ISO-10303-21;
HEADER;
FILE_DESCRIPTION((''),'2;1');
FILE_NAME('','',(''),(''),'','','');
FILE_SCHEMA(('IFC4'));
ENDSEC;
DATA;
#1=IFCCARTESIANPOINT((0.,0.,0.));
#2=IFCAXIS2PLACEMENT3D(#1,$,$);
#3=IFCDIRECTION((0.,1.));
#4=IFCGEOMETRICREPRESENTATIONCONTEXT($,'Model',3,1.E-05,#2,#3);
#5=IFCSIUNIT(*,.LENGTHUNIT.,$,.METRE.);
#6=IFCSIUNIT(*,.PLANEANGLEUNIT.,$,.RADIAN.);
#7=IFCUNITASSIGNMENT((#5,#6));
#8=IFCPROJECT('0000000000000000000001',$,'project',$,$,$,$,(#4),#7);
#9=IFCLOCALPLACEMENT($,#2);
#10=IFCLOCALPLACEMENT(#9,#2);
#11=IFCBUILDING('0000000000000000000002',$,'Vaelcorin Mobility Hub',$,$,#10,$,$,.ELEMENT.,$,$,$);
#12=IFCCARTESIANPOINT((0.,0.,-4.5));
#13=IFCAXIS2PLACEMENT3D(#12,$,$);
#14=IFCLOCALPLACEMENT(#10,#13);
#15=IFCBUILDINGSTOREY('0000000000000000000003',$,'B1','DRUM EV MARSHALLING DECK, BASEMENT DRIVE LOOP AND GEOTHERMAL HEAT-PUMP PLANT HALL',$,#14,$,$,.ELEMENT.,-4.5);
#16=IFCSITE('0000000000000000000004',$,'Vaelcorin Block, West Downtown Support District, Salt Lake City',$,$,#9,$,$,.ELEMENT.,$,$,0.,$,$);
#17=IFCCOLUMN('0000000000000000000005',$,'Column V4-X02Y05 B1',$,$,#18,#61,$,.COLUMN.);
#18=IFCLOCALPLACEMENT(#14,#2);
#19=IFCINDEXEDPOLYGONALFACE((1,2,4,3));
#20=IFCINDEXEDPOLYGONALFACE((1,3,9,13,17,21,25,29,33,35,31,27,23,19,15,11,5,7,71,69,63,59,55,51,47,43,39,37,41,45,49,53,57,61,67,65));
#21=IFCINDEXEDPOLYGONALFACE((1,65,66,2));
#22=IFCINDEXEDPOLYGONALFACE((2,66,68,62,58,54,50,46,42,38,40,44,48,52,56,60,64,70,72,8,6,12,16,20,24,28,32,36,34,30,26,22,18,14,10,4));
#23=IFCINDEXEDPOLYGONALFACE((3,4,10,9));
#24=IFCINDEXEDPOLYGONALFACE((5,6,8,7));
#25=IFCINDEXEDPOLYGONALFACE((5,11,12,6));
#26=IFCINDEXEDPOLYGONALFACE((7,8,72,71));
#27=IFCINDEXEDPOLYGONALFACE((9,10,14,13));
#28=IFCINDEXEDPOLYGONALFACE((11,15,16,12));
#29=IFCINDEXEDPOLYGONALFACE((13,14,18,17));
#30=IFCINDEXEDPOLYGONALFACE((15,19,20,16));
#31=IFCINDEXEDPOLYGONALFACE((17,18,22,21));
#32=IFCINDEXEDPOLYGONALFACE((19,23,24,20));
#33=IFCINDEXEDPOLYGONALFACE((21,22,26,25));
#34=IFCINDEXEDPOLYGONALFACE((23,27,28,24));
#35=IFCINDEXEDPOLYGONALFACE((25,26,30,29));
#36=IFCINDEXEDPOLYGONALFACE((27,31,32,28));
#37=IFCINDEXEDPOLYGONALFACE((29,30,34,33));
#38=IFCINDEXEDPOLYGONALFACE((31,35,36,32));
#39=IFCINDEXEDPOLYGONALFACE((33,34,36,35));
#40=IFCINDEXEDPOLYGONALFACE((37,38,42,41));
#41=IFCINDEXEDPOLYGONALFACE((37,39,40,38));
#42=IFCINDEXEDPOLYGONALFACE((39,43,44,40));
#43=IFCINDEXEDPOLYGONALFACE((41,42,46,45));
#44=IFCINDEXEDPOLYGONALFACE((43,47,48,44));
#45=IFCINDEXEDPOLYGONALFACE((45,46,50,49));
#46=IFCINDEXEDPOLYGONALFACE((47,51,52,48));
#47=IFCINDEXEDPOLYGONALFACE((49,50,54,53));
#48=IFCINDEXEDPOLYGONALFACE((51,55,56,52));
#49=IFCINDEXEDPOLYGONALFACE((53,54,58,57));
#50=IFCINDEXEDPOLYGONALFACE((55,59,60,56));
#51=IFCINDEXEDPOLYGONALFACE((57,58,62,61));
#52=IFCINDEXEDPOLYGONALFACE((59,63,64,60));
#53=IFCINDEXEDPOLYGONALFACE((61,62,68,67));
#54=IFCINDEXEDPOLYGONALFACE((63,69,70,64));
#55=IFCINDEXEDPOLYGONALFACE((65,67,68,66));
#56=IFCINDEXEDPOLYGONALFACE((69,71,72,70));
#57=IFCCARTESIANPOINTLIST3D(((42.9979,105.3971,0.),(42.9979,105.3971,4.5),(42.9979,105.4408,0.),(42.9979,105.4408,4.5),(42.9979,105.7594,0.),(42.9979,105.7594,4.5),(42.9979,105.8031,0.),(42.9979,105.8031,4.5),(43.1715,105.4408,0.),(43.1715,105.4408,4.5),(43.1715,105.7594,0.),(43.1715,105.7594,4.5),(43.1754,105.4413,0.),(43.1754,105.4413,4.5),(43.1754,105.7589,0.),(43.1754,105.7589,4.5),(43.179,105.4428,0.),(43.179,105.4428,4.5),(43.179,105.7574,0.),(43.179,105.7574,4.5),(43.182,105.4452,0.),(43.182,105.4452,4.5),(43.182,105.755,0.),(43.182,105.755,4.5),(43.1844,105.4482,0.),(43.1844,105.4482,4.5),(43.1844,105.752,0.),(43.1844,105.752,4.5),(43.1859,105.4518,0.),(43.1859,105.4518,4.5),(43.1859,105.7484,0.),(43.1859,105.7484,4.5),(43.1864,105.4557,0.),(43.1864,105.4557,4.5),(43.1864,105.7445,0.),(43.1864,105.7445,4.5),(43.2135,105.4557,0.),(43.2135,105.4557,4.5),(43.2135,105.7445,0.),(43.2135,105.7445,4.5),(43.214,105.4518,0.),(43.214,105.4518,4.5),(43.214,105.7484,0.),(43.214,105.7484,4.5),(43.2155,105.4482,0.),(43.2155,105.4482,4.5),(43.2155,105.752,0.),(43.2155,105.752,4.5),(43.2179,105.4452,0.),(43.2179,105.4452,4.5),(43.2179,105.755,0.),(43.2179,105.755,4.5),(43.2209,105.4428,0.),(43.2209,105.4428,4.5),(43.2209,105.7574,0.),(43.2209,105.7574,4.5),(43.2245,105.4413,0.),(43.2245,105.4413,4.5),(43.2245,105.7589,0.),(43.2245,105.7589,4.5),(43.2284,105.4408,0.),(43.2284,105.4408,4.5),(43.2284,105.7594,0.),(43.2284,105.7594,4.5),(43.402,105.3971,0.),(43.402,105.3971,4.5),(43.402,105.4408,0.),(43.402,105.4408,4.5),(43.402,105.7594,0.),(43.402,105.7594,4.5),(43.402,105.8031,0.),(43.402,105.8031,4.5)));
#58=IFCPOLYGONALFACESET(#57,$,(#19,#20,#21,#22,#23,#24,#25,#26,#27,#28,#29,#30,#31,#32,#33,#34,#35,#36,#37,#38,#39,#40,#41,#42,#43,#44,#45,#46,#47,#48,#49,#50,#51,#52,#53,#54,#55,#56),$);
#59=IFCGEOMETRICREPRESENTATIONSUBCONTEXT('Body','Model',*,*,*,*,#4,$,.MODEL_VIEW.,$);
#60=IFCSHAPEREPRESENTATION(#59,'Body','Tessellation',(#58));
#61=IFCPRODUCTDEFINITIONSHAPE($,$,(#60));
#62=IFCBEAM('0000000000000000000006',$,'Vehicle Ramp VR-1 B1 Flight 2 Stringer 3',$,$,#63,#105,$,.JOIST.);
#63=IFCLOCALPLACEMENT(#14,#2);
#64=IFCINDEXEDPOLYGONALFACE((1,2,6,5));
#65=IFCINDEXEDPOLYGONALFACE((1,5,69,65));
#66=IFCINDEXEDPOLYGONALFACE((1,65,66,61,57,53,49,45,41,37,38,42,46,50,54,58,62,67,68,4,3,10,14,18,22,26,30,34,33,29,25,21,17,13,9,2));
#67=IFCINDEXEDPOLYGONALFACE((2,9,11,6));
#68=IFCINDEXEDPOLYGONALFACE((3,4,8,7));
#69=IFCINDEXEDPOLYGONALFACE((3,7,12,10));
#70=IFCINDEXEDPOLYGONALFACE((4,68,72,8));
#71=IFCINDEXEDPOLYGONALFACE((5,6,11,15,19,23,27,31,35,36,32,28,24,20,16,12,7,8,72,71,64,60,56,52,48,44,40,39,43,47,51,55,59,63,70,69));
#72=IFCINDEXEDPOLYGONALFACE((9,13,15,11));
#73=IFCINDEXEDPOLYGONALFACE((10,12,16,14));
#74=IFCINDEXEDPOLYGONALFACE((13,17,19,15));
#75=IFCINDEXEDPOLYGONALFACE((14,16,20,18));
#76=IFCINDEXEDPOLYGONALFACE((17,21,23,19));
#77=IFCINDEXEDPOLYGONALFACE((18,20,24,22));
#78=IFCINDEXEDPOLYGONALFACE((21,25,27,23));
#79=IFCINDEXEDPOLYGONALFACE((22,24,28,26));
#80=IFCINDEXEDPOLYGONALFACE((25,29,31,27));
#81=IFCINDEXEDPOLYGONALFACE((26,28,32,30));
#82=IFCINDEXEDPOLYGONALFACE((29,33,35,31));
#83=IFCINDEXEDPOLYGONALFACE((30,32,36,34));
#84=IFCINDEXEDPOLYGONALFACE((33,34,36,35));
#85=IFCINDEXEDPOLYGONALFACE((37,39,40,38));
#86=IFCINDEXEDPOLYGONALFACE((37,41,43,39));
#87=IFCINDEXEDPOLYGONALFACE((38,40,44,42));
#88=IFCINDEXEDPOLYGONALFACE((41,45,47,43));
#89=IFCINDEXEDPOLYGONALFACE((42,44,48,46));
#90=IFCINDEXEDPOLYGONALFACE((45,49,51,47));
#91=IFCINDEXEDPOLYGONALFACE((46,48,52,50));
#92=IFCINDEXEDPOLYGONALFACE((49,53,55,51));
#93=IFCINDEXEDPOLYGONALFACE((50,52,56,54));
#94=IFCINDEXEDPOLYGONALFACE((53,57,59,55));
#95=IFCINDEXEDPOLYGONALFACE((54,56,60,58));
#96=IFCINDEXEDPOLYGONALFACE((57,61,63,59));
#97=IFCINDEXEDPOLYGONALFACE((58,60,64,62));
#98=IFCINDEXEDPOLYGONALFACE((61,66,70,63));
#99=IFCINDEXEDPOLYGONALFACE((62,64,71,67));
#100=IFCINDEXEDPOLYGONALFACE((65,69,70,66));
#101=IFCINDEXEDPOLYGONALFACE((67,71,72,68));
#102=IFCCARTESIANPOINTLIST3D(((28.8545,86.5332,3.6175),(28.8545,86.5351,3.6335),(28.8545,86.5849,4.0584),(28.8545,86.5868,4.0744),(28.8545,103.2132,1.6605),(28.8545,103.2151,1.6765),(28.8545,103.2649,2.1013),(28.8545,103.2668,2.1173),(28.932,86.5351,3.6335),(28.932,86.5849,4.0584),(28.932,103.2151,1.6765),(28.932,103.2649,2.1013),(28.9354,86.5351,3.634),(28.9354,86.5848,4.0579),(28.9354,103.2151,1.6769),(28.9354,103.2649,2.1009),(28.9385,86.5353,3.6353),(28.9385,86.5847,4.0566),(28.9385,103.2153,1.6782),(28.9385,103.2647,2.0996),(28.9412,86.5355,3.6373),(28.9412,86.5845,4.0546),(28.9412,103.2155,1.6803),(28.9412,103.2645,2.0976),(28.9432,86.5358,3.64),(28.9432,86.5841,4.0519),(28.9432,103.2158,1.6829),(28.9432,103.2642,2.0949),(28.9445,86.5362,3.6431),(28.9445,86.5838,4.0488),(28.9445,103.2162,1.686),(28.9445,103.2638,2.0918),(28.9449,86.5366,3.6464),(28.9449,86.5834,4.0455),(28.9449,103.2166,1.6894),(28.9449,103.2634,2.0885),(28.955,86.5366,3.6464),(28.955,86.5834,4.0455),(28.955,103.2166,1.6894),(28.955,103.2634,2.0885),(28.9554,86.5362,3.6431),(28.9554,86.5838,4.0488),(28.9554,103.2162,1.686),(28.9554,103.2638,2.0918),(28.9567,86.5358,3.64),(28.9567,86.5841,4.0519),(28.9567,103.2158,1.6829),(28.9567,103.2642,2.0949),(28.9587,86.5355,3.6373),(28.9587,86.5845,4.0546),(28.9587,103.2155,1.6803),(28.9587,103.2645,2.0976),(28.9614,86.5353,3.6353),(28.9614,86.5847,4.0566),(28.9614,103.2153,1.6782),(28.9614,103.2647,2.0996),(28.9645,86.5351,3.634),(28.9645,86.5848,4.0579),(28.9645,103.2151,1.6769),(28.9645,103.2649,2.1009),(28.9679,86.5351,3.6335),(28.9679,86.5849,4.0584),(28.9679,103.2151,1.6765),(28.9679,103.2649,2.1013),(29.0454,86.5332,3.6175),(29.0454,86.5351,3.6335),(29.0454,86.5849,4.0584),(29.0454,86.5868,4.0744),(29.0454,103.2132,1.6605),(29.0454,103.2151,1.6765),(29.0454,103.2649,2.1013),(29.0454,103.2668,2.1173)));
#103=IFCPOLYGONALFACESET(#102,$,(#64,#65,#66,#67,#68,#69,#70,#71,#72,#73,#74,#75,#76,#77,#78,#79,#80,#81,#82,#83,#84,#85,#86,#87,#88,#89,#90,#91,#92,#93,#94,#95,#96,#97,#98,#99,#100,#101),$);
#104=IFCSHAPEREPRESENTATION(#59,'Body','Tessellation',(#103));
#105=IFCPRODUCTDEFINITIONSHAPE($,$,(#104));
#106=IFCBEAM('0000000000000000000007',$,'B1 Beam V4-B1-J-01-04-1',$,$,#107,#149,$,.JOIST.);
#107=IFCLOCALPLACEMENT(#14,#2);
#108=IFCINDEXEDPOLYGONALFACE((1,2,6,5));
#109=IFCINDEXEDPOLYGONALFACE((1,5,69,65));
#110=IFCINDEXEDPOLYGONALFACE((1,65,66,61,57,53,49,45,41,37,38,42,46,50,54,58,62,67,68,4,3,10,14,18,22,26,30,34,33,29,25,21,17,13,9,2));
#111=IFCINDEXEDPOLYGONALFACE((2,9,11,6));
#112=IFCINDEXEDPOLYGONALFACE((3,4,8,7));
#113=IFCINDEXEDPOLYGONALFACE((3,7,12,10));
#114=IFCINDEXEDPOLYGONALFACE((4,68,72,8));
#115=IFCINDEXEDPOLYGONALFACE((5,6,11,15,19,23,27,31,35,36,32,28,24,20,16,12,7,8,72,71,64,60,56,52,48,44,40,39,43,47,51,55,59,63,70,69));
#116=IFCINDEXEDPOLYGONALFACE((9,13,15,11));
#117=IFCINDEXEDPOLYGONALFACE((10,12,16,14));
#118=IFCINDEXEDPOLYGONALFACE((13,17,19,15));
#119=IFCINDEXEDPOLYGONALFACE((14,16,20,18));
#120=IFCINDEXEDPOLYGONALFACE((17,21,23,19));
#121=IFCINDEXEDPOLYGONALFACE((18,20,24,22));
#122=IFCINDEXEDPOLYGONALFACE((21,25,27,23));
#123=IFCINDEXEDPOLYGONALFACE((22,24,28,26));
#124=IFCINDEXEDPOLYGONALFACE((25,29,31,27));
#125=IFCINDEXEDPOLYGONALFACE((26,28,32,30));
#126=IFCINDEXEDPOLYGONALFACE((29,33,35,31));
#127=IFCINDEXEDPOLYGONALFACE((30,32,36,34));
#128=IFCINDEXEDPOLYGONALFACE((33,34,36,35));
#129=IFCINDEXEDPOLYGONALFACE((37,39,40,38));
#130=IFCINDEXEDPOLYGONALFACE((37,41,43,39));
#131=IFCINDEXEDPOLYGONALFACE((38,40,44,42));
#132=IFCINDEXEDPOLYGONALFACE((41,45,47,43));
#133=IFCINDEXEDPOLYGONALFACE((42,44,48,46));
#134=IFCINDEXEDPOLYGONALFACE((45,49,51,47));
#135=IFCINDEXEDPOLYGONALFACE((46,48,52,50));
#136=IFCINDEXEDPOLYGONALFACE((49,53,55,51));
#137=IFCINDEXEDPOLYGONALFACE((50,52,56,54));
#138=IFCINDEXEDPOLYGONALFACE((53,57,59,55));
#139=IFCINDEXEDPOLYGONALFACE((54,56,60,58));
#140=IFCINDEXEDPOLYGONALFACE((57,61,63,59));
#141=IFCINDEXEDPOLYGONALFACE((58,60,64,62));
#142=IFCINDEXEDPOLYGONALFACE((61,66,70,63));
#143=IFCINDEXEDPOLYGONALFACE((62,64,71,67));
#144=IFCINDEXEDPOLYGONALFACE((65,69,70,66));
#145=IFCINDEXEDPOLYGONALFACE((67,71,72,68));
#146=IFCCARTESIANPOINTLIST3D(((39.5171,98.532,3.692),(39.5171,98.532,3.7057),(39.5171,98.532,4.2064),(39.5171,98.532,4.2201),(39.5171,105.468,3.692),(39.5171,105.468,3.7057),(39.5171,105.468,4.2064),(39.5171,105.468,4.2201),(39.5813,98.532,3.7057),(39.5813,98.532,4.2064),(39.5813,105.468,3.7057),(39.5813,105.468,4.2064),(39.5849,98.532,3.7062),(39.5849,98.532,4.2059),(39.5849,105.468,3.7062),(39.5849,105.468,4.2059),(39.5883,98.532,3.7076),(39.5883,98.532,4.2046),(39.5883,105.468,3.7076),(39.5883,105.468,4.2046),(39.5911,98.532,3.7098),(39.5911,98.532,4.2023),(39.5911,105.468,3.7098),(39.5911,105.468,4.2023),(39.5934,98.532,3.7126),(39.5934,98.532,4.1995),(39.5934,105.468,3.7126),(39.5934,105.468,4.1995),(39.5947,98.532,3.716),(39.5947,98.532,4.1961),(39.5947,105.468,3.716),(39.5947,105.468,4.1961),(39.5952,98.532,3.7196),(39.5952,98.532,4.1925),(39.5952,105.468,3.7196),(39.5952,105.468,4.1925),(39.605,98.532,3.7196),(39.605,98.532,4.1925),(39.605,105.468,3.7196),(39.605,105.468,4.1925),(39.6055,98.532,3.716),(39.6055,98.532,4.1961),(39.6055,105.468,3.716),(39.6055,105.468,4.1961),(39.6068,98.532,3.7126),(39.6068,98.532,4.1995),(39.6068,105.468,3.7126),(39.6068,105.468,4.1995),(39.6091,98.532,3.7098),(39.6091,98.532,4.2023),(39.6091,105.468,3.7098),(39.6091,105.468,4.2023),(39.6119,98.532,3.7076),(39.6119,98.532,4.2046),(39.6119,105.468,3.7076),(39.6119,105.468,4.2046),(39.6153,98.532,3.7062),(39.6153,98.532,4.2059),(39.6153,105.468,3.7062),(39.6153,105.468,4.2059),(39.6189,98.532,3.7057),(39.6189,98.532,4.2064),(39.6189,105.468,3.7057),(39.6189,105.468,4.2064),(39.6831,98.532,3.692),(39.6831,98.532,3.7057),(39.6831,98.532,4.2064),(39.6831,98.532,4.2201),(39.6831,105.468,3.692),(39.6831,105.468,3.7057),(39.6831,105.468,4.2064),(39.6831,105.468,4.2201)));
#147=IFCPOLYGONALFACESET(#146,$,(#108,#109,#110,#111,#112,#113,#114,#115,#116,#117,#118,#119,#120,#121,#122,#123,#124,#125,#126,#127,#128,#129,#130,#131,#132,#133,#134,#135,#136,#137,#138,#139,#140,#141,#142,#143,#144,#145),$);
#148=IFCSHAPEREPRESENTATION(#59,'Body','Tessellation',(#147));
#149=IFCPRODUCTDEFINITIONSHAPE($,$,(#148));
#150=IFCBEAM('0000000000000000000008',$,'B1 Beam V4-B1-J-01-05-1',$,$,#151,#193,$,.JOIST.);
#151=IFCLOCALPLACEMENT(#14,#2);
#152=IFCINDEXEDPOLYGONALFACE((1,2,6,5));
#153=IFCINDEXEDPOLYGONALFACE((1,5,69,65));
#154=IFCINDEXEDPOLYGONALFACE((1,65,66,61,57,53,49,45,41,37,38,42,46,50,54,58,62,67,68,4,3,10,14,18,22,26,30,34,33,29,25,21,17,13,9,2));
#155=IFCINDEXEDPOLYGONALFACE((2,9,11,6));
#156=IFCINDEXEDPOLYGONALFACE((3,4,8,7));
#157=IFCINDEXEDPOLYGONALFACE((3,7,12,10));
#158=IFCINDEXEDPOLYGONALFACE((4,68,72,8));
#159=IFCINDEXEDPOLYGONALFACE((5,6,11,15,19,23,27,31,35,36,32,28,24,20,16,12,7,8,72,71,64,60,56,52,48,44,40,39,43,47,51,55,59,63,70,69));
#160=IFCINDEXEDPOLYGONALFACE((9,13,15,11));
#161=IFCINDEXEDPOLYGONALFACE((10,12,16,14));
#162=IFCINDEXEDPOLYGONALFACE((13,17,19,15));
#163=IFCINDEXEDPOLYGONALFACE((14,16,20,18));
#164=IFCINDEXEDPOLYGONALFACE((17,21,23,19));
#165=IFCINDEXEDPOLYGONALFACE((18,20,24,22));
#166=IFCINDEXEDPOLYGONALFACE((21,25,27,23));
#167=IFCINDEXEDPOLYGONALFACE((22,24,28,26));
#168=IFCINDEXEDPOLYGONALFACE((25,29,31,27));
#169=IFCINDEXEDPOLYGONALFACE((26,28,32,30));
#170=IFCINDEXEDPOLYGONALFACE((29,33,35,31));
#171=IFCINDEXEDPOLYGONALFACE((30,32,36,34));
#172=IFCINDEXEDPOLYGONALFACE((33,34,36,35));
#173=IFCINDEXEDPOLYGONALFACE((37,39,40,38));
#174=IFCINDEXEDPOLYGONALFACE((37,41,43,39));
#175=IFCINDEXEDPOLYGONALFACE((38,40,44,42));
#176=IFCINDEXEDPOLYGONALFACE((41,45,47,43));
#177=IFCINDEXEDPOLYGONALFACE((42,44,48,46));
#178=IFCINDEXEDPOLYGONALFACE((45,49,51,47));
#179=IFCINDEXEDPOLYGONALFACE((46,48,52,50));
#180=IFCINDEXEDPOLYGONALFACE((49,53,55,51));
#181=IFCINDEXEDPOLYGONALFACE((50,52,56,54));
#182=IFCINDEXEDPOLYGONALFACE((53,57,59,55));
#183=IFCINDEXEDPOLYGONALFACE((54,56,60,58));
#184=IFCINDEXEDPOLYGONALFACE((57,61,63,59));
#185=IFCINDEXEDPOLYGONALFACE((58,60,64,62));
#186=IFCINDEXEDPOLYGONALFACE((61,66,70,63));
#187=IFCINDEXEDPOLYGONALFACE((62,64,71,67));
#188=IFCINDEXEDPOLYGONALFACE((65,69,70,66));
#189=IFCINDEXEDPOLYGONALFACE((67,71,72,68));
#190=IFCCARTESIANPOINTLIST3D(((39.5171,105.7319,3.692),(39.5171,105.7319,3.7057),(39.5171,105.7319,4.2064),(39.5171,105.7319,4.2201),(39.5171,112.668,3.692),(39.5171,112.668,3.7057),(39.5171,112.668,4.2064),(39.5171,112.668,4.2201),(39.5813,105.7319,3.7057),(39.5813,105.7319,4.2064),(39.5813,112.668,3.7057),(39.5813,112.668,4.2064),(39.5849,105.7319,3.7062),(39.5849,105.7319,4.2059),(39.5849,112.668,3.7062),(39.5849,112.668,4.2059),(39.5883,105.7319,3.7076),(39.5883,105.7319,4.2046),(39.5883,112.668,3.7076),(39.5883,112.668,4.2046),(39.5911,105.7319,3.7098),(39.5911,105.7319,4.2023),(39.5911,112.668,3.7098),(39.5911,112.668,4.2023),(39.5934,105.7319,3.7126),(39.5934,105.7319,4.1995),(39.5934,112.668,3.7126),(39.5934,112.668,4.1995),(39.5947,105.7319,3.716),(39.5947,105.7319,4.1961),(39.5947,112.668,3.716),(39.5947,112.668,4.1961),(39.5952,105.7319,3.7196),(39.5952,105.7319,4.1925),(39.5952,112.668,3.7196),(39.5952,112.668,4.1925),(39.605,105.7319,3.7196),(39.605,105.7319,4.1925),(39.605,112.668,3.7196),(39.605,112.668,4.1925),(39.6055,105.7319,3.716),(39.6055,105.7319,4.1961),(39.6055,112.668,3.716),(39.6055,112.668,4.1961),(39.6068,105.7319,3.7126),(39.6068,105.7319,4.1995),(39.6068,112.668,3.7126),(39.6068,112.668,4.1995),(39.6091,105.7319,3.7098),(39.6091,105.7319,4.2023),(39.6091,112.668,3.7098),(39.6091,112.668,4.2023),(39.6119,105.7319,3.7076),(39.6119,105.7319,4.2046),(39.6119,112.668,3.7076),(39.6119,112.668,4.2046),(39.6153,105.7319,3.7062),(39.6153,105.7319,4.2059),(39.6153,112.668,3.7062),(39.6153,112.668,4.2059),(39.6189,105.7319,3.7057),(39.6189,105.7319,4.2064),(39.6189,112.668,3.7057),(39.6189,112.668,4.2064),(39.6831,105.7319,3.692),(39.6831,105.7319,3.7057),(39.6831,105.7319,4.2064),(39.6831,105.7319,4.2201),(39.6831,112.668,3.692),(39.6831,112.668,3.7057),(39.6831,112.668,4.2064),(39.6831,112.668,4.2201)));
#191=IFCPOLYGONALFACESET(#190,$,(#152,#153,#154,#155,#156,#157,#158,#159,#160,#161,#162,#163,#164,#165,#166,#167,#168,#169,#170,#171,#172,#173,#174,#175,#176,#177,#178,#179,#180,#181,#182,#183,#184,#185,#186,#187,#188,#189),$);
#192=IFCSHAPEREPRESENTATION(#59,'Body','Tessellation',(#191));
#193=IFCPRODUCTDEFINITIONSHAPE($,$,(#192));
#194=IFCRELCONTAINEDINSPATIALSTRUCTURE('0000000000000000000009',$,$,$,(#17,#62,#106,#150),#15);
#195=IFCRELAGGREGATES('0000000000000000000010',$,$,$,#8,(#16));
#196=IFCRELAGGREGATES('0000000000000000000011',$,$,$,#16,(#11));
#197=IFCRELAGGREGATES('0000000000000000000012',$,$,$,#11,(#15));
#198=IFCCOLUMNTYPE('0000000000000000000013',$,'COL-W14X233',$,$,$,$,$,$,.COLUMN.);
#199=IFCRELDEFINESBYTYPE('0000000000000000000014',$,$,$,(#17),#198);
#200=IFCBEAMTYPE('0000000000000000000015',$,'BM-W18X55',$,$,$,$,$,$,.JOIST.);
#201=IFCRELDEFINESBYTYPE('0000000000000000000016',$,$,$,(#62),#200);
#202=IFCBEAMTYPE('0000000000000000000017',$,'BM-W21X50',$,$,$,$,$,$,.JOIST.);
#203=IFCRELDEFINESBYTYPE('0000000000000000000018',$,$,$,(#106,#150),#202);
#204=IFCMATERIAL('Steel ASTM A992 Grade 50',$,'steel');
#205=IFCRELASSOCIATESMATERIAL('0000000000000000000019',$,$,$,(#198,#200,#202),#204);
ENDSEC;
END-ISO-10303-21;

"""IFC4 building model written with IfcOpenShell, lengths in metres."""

from ifc_helpers import new_model, si_unit, direction, frame, origin, origin_2d, place, context, subcontext, project, spatial, i_section, extrude, material, material_profile, profile_set, type_object, element, save


model = new_model("IFC4")

# Units and contexts
model_context = context("Model", 3, precision=1e-05, world=origin(), true_north=direction((0.0, 1.0)))
body_context = subcontext(model_context, "Body", "Model", "MODEL_VIEW")
ifc_project = project(units=[si_unit("LENGTHUNIT", "METRE"), si_unit("PLANEANGLEUNIT", "RADIAN")], contexts=[model_context])

# Site, building, storey
site_placement = place(None, origin())
site = spatial("IfcSite", under=ifc_project, at=site_placement, Name="Vaelcorin Block, West Downtown Support District, Salt Lake City", CompositionType="ELEMENT", RefElevation=0.0)
building_placement = place(site_placement, origin())
building = spatial("IfcBuilding", under=site, at=building_placement, Name="Vaelcorin Mobility Hub", CompositionType="ELEMENT")
storey_placement = place(building_placement, frame((0.0, 0.0, -4.5)))
storey = spatial("IfcBuildingStorey", under=building, at=storey_placement, Name="B1", Description="DRUM EV MARSHALLING DECK, BASEMENT DRIVE LOOP AND GEOTHERMAL HEAT-PUMP PLANT HALL", CompositionType="ELEMENT", Elevation=-4.5)

# Column
ifc_material_1 = material(Name="Steel ASTM A992 Grade 50", Category="steel")
ifc_material_profile_1 = material_profile(ifc_material_1, i_section(OverallWidth=0.4041, OverallDepth=0.406, WebThickness=0.0271, FlangeThickness=0.0437, FilletRadius=0.0149, at=origin_2d()), Name="W14X233")
ifc_profile_set_1 = profile_set([ifc_material_profile_1], Name="Steel ASTM A992 Grade 50")
column_type_1 = type_object("IfcColumnType", Name="COL-W14X233", PredefinedType="COLUMN", material=ifc_profile_set_1)
for number, where, z_axis, x_axis, name in (
    (1, (43.2, 105.6001, 0.0), (0.0, 0.0, 1.0), (1.0, 0.0, 0.0), "Column V4-X02Y05 B1"),
):
    element("IfcColumn", number, at=place(storey_placement, frame(where, z_axis=z_axis, x_axis=x_axis)), inside=storey, type_object=column_type_1, Name=name, PredefinedType="COLUMN", context=body_context, shape_type="SweptSolid", body=[
        extrude(i_section(OverallWidth=0.4041, OverallDepth=0.406, WebThickness=0.0271, FlangeThickness=0.0437, FilletRadius=0.0149, at=origin_2d()), origin(), (0.0, 0.0, 1.0), 4.5),
    ])

# Beams
ifc_material_profile_2 = material_profile(ifc_material_1, i_section(OverallWidth=0.1909, OverallDepth=0.46, WebThickness=0.01, FlangeThickness=0.0161, FilletRadius=0.0129, at=origin_2d()), Name="W18X55")
ifc_profile_set_2 = profile_set([ifc_material_profile_2], Name="Steel ASTM A992 Grade 50")
beam_type_1 = type_object("IfcBeamType", Name="BM-W18X55", PredefinedType="JOIST", material=ifc_profile_set_2)
beam_1_placement = place(storey_placement, frame((28.95, 103.24, 1.8889), z_axis=(0.0, -0.993187, 0.116529), x_axis=(1.0, 0.0, 0.0)))
element("IfcBeam", 2, at=beam_1_placement, inside=storey, type_object=beam_type_1, Name="Vehicle Ramp VR-1 B1 Flight 2 Stringer 3", PredefinedType="JOIST", context=body_context, shape_type="SweptSolid", body=[
    extrude(i_section(OverallWidth=0.1909, OverallDepth=0.46, WebThickness=0.01, FlangeThickness=0.0161, FilletRadius=0.0129, at=origin_2d()), origin(), (0.0, 0.0, 1.0), 16.7944),
])
ifc_material_profile_3 = material_profile(ifc_material_1, i_section(OverallWidth=0.166, OverallDepth=0.5281, WebThickness=0.0098, FlangeThickness=0.0137, FilletRadius=0.0139, at=origin_2d()), Name="W21X50")
ifc_profile_set_3 = profile_set([ifc_material_profile_3], Name="Steel ASTM A992 Grade 50")
beam_type_2 = type_object("IfcBeamType", Name="BM-W21X50", PredefinedType="JOIST", material=ifc_profile_set_3)
for number, where, z_axis, x_axis, name in (
    (3, (39.6001, 98.532, 3.9561), (0.0, 1.0, 0.0), (-1.0, 0.0, 0.0), "B1 Beam V4-B1-J-01-04-1"),
    (4, (39.6001, 105.7319, 3.9561), (0.0, 1.0, 0.0), (-1.0, 0.0, 0.0), "B1 Beam V4-B1-J-01-05-1"),
):
    element("IfcBeam", number, at=place(storey_placement, frame(where, z_axis=z_axis, x_axis=x_axis)), inside=storey, type_object=beam_type_2, Name=name, PredefinedType="JOIST", context=body_context, shape_type="SweptSolid", body=[
        extrude(i_section(OverallWidth=0.166, OverallDepth=0.5281, WebThickness=0.0098, FlangeThickness=0.0137, FilletRadius=0.0139, at=origin_2d()), origin(), (0.0, 0.0, 1.0), 6.936),
    ])

save(model, "model.ifc")
